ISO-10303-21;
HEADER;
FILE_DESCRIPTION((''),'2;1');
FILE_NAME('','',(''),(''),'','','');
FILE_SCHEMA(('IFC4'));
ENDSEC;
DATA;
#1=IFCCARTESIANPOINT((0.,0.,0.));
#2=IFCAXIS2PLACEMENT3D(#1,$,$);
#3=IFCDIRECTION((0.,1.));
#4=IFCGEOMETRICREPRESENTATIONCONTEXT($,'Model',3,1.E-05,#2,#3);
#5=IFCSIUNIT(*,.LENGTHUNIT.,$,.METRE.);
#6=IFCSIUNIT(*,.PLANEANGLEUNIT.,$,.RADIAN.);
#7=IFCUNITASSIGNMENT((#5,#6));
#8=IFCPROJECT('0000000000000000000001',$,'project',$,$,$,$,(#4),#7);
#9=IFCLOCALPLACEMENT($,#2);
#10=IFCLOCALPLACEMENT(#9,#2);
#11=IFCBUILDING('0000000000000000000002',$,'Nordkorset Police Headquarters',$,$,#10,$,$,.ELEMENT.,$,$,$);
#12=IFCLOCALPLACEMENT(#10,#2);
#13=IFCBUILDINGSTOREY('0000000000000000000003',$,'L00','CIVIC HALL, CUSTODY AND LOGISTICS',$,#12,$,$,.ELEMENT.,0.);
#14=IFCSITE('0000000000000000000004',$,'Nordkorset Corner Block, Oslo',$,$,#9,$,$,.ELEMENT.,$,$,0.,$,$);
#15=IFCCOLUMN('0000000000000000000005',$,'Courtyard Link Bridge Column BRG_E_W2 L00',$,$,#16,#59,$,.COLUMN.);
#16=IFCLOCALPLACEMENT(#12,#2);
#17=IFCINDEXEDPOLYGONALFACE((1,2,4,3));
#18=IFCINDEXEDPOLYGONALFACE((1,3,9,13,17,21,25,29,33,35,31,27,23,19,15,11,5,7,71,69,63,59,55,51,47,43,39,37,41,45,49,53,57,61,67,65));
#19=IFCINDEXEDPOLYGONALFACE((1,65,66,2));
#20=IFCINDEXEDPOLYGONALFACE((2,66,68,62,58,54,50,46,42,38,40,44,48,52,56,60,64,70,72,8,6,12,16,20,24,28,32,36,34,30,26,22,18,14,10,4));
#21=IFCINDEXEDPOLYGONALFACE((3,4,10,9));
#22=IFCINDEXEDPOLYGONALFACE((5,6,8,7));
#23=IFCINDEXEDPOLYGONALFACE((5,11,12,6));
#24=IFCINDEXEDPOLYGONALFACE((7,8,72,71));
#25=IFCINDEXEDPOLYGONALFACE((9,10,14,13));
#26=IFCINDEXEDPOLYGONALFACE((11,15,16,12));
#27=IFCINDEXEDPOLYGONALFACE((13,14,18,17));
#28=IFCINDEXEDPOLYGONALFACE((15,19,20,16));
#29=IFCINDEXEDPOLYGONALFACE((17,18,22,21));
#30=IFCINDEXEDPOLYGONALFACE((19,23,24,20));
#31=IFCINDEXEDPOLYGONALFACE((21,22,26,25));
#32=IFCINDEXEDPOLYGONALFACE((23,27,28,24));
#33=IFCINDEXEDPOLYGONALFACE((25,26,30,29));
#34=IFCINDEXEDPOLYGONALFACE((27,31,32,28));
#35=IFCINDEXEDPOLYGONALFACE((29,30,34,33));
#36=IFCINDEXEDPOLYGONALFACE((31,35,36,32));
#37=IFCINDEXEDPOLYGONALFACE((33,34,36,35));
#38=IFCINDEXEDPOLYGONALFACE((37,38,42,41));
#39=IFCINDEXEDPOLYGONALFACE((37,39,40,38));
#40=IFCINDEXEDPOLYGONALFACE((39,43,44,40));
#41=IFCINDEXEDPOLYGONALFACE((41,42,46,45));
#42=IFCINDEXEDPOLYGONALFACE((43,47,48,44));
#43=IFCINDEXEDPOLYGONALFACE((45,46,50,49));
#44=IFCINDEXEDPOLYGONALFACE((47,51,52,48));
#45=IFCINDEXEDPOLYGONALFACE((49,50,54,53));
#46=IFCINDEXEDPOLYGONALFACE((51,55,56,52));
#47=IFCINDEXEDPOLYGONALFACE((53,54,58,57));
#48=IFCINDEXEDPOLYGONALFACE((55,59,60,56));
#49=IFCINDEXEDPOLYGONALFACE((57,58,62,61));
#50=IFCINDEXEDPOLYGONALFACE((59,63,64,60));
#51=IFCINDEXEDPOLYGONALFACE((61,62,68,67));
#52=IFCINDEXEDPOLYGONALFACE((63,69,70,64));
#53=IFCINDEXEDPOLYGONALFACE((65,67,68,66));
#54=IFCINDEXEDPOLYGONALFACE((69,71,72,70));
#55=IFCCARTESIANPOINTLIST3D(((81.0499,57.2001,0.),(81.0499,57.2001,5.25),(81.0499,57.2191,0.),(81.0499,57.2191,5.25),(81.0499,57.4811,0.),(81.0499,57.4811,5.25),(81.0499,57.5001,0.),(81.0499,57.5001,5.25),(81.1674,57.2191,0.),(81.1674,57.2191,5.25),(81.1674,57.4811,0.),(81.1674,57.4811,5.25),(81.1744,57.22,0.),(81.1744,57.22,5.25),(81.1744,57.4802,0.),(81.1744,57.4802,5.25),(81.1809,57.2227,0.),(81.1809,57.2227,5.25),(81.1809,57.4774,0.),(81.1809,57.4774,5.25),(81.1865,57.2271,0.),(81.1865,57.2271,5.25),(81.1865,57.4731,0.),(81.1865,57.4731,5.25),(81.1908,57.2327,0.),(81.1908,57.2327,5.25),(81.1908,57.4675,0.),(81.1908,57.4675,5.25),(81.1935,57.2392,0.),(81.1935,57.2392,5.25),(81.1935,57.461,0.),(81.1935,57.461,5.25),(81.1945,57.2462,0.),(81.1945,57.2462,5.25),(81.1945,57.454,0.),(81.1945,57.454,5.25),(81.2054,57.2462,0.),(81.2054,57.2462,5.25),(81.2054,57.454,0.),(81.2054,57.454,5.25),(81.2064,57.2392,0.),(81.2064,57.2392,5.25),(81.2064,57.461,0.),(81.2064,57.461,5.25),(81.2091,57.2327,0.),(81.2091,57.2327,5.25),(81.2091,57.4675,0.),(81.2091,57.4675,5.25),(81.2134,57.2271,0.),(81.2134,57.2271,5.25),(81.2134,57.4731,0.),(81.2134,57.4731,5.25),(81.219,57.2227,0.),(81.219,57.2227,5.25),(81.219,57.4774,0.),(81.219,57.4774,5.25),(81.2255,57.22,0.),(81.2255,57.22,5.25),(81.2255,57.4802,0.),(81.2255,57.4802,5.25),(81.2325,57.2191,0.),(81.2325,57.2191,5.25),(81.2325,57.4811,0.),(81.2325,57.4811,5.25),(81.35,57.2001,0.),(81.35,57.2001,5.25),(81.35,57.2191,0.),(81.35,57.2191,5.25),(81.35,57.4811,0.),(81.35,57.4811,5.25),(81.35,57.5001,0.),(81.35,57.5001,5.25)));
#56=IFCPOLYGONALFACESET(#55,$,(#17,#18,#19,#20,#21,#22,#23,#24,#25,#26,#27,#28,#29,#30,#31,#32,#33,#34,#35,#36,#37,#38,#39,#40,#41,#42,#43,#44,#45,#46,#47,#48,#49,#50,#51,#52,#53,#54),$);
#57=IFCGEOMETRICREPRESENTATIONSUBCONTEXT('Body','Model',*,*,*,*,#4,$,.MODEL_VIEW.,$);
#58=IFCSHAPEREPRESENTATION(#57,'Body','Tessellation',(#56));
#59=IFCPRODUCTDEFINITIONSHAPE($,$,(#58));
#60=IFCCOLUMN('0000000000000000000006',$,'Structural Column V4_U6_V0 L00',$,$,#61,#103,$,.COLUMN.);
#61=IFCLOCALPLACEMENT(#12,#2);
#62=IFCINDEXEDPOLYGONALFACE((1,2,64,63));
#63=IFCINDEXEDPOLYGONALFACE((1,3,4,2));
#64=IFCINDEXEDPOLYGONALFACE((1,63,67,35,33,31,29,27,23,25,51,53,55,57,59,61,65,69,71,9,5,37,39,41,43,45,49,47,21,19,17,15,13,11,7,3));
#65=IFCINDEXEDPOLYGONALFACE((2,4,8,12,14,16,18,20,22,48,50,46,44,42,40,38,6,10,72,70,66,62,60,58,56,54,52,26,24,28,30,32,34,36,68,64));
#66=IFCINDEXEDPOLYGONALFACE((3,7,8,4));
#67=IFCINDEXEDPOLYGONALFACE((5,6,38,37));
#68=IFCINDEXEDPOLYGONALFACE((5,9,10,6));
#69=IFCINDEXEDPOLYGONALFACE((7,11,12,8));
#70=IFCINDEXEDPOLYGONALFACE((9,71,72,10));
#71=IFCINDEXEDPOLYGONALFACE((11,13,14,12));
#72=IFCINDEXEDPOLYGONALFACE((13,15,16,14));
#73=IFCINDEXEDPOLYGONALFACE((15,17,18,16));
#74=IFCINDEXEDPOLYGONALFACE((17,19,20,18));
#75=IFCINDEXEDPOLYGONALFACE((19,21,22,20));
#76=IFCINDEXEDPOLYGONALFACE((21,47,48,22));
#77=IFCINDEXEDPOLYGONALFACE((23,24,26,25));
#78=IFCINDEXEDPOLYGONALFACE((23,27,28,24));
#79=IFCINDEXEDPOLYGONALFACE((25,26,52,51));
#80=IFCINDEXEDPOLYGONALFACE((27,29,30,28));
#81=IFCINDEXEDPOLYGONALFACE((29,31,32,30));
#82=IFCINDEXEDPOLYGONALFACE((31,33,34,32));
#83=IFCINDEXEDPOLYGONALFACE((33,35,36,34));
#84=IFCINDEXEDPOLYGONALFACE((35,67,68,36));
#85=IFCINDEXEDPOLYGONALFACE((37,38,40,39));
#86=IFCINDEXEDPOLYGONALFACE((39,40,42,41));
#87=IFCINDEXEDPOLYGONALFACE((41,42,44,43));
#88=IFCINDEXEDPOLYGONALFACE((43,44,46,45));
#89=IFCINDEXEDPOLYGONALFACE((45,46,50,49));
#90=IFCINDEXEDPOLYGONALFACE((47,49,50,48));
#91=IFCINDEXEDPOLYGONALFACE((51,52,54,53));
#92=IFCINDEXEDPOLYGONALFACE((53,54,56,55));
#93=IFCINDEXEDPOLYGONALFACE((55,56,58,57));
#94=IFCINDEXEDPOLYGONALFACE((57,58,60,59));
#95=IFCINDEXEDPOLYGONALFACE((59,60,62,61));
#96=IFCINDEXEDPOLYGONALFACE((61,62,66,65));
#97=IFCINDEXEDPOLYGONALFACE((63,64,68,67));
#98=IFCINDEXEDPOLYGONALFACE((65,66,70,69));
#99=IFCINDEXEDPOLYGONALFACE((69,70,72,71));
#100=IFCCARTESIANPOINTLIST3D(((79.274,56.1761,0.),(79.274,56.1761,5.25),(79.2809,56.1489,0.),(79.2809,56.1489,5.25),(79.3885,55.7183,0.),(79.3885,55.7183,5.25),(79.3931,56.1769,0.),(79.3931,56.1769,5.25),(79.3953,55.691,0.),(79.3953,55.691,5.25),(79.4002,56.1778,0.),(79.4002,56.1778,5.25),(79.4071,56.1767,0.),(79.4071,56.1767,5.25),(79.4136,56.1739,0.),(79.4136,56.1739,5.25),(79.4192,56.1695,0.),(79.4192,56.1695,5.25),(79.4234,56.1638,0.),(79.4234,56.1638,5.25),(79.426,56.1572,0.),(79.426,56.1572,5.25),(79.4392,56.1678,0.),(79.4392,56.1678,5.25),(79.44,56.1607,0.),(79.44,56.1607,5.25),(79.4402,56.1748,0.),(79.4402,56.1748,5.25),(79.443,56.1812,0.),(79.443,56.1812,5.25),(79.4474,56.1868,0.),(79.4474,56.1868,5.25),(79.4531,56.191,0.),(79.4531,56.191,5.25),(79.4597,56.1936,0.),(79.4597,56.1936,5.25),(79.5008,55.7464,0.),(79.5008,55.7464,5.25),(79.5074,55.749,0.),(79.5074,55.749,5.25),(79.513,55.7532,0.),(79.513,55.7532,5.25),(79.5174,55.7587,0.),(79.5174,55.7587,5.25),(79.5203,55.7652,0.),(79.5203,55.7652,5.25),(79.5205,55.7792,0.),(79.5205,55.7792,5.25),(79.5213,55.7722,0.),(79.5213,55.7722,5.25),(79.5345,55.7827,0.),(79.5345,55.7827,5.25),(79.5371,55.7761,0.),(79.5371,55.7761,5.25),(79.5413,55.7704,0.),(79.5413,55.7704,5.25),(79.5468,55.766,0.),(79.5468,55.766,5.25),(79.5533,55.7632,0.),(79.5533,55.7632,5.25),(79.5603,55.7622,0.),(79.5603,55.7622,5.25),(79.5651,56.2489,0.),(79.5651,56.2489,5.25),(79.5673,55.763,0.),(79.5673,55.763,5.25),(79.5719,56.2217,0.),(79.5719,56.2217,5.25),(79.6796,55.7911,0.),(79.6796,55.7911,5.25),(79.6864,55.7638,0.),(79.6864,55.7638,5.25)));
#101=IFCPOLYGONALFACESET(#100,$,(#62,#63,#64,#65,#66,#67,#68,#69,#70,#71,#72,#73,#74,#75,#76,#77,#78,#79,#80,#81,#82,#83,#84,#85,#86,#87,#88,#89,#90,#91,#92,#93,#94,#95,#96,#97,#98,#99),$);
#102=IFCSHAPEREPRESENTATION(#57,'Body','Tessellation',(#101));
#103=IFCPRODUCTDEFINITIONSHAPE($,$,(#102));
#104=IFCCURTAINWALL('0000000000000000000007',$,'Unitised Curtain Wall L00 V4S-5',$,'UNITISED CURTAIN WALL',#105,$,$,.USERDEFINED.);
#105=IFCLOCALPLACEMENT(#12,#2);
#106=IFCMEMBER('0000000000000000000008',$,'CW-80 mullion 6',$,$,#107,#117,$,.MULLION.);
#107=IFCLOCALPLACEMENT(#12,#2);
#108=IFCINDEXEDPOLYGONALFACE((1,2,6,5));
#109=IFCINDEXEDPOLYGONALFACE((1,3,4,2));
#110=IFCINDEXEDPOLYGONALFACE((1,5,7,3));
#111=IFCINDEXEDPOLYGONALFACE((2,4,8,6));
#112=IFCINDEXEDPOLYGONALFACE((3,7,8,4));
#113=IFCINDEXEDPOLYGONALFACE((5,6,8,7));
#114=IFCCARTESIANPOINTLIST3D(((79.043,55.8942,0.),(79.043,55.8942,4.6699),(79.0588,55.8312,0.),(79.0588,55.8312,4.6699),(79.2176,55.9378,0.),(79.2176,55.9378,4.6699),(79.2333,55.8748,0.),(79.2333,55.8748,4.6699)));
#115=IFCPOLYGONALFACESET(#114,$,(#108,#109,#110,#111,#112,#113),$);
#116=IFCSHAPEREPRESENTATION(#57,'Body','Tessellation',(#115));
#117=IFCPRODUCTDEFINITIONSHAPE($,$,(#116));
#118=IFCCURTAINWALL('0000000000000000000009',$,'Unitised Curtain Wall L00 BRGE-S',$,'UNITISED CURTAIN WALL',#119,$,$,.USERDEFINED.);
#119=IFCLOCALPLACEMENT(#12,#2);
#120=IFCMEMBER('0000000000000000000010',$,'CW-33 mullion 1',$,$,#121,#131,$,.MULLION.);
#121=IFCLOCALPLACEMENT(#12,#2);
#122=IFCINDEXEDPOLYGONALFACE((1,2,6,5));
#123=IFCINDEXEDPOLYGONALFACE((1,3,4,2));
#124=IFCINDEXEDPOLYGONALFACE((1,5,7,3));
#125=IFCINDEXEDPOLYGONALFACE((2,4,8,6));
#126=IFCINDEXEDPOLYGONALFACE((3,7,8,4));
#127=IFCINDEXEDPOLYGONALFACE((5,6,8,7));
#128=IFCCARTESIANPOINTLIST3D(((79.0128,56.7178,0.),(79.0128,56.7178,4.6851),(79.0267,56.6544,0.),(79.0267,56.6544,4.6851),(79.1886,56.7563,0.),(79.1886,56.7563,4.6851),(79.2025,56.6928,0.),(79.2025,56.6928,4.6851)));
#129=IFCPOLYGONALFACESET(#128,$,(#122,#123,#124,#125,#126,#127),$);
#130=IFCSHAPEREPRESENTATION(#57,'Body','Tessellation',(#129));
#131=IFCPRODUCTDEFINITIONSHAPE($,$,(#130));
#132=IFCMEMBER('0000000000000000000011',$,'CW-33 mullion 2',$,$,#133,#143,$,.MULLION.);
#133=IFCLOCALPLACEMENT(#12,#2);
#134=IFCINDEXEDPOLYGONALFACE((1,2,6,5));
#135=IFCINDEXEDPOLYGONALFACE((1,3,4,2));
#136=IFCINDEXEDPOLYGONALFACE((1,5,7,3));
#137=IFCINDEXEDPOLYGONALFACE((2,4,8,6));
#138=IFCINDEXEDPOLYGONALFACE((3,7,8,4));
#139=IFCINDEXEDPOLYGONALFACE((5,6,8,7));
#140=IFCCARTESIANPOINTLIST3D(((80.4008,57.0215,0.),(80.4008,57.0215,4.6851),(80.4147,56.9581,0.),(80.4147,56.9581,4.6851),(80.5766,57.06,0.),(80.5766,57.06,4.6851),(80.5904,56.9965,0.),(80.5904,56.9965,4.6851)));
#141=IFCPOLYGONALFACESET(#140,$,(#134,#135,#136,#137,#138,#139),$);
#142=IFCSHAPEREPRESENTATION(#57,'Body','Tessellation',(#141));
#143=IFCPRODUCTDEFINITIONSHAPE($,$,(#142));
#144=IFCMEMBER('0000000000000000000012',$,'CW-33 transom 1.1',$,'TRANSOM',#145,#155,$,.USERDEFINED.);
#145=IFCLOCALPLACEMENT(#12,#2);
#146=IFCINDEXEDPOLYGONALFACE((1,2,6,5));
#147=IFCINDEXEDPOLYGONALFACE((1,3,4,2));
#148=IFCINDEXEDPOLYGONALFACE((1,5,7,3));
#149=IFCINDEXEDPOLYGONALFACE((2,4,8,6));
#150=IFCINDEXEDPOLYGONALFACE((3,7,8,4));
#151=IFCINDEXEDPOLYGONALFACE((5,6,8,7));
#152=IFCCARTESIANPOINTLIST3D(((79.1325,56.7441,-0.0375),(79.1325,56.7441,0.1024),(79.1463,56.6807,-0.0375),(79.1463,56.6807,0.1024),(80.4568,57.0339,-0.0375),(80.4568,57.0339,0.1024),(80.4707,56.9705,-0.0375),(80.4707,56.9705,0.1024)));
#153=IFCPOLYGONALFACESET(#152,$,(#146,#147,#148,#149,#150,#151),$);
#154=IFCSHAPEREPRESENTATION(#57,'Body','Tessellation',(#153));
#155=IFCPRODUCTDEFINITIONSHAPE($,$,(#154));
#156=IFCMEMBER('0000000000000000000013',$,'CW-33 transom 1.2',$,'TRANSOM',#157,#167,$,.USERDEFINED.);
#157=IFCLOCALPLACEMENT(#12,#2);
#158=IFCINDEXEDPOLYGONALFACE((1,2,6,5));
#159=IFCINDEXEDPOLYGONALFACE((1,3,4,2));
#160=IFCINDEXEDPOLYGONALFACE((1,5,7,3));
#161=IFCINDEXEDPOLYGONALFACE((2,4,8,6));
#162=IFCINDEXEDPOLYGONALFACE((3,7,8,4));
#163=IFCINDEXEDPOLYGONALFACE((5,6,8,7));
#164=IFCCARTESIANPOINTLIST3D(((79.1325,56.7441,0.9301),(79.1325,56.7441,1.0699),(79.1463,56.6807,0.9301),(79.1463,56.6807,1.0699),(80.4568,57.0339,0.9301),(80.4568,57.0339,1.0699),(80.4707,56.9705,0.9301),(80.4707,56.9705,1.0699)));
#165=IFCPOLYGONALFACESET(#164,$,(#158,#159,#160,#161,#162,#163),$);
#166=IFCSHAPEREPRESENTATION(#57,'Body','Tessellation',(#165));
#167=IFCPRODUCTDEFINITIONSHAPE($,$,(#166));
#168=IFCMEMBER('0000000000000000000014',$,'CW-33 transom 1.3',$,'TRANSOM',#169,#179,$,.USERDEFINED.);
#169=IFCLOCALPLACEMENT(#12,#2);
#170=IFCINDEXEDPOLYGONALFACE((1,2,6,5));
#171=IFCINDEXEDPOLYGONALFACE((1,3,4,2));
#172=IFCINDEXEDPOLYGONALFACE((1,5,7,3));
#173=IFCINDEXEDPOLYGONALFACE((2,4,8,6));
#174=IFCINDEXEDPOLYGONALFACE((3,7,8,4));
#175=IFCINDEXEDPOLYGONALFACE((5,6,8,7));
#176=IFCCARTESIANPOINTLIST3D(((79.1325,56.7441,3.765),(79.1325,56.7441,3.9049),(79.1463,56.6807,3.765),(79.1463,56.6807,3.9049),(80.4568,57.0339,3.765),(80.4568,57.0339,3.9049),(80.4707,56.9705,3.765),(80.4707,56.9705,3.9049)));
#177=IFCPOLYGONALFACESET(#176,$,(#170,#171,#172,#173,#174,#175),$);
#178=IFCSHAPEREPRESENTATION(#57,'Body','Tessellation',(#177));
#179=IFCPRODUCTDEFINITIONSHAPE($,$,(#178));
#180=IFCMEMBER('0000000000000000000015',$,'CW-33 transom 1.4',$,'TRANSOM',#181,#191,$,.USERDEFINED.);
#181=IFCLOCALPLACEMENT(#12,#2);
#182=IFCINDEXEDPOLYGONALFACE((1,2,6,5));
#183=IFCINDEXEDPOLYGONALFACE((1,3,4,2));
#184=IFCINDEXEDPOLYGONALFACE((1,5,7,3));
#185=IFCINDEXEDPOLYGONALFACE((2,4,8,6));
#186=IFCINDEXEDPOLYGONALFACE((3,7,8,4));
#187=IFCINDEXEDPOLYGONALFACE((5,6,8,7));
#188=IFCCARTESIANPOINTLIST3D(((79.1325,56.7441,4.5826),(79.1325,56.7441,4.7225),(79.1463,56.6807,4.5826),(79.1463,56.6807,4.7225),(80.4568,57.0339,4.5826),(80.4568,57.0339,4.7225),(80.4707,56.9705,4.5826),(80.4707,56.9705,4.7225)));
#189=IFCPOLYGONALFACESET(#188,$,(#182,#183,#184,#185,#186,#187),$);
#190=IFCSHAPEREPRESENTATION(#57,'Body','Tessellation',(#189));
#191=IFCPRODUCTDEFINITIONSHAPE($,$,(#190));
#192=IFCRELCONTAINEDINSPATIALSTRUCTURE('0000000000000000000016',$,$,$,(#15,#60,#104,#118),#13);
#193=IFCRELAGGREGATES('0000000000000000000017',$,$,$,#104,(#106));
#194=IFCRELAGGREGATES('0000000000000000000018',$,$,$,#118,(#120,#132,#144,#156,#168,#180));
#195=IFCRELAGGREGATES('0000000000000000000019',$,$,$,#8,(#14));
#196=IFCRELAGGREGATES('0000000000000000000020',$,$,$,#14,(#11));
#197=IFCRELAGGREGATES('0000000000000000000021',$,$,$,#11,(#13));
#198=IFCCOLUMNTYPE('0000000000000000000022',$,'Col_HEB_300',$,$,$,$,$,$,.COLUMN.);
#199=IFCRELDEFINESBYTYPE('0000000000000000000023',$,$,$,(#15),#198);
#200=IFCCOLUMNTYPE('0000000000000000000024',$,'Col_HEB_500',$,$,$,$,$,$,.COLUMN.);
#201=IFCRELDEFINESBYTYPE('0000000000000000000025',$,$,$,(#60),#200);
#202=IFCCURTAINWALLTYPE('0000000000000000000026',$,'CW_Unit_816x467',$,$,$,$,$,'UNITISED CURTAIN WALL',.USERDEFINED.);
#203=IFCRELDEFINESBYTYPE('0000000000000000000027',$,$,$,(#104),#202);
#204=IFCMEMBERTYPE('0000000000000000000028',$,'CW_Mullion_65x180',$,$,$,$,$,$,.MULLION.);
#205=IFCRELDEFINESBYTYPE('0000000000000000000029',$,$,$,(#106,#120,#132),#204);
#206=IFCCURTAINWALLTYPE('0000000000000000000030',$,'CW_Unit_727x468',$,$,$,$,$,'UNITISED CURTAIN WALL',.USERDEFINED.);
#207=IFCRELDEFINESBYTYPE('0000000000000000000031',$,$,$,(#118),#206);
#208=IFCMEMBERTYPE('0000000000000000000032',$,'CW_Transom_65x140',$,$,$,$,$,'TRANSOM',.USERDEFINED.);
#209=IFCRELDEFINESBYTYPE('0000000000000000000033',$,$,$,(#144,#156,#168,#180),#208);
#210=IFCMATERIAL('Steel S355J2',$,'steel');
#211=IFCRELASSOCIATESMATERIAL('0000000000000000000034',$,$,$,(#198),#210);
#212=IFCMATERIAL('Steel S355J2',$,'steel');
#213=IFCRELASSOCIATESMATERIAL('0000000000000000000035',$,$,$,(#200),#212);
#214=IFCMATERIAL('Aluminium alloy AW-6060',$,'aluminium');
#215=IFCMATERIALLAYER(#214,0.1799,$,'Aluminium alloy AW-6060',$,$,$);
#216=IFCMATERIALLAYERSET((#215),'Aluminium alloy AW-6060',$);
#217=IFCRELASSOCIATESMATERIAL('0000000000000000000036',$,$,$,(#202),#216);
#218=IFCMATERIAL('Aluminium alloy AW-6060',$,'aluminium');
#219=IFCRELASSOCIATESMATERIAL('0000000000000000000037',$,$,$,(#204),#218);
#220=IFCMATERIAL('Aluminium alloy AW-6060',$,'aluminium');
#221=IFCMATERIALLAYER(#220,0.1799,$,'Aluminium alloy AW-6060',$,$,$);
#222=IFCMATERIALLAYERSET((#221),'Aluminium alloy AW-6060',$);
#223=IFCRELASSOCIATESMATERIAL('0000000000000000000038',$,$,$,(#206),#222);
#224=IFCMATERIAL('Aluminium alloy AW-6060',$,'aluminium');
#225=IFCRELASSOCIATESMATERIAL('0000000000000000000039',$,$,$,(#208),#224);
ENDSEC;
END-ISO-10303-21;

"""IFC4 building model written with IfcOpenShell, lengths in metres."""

from ifc_helpers import new_model, si_unit, direction, frame, origin, origin_2d, place, context, subcontext, project, spatial, rectangle, i_section, extrude, material, layer, layer_set, material_profile, profile_set, type_object, element, aggregate, save


model = new_model("IFC4")

# Units and contexts
model_context = context("Model", 3, precision=1e-05, world=origin(), true_north=direction((0.0, 1.0)))
body_context = subcontext(model_context, "Body", "Model", "MODEL_VIEW")
ifc_project = project(units=[si_unit("LENGTHUNIT", "METRE"), si_unit("PLANEANGLEUNIT", "RADIAN")], contexts=[model_context])

# Site, building, storey
site_placement = place(None, origin())
site = spatial("IfcSite", under=ifc_project, at=site_placement, Name="Nordkorset Corner Block, Oslo", CompositionType="ELEMENT", RefElevation=0.0)
building_placement = place(site_placement, origin())
building = spatial("IfcBuilding", under=site, at=building_placement, Name="Nordkorset Police Headquarters", CompositionType="ELEMENT")
storey_placement = place(building_placement, origin())
storey = spatial("IfcBuildingStorey", under=building, at=storey_placement, Name="L00", Description="CIVIC HALL, CUSTODY AND LOGISTICS", CompositionType="ELEMENT", Elevation=0.0)

# Columns
ifc_material_1 = material(Name="Steel S355J2", Category="steel")
ifc_material_profile_1 = material_profile(ifc_material_1, i_section(OverallWidth=0.3, OverallDepth=0.3, WebThickness=0.011, FlangeThickness=0.019, FilletRadius=0.0271, at=origin_2d()), Name="HEB 300")
ifc_profile_set_1 = profile_set([ifc_material_profile_1], Name="Steel S355J2")
column_type_1 = type_object("IfcColumnType", Name="Col_HEB_300", PredefinedType="COLUMN", material=ifc_profile_set_1)
column_1_placement = place(storey_placement, frame((81.2, 57.3501, 0.0), z_axis=(0.0, 0.0, 1.0), x_axis=(1.0, 0.0, 0.0)))
element("IfcColumn", 1, at=column_1_placement, inside=storey, type_object=column_type_1, Name="Courtyard Link Bridge Column BRG_E_W2 L00", PredefinedType="COLUMN", context=body_context, shape_type="SweptSolid", body=[
    extrude(i_section(OverallWidth=0.3, OverallDepth=0.3, WebThickness=0.011, FlangeThickness=0.019, FilletRadius=0.0271, at=origin_2d()), origin(), (0.0, 0.0, 1.0), 5.25),
])
ifc_material_2 = material(Name="Steel S355J2", Category="steel")
ifc_material_profile_2 = material_profile(ifc_material_2, i_section(OverallWidth=0.3, OverallDepth=0.5, WebThickness=0.0144, FlangeThickness=0.0281, FilletRadius=0.0271, at=origin_2d()), Name="HEB 500")
ifc_profile_set_2 = profile_set([ifc_material_profile_2], Name="Steel S355J2")
column_type_2 = type_object("IfcColumnType", Name="Col_HEB_500", PredefinedType="COLUMN", material=ifc_profile_set_2)
column_2_placement = place(storey_placement, frame((79.4802, 55.97, 0.0), z_axis=(0.0, 0.0, 1.0), x_axis=(0.970143, 0.242536, 0.0)))
element("IfcColumn", 2, at=column_2_placement, inside=storey, type_object=column_type_2, Name="Structural Column V4_U6_V0 L00", PredefinedType="COLUMN", context=body_context, shape_type="SweptSolid", body=[
    extrude(i_section(OverallWidth=0.3, OverallDepth=0.5, WebThickness=0.0144, FlangeThickness=0.0281, FilletRadius=0.0271, at=origin_2d()), origin(), (0.0, 0.0, 1.0), 5.25),
])

# Curtain wall, member
ifc_material_3 = material(Name="Aluminium alloy AW-6060", Category="aluminium")
ifc_layer_1 = layer(ifc_material_3, 0.1799, Name="Aluminium alloy AW-6060")
ifc_layer_set_1 = layer_set([ifc_layer_1], Name="Aluminium alloy AW-6060")
curtain_wall_type_1 = type_object("IfcCurtainWallType", Name="CW_Unit_816x467", ElementType="UNITISED CURTAIN WALL", PredefinedType="USERDEFINED", material=ifc_layer_set_1)
curtain_wall_1_placement = place(storey_placement, origin())
curtain_wall_1 = element("IfcCurtainWall", 3, at=curtain_wall_1_placement, inside=storey, type_object=curtain_wall_type_1, Name="Unitised Curtain Wall L00 V4S-5", ObjectType="UNITISED CURTAIN WALL", PredefinedType="USERDEFINED")
ifc_material_4 = material(Name="Aluminium alloy AW-6060", Category="aluminium")
ifc_material_profile_3 = material_profile(ifc_material_4, rectangle(XDim=0.0649, YDim=0.1799, at=origin_2d()), Name="ALU MULL 65x180")
ifc_profile_set_3 = profile_set([ifc_material_profile_3], Name="Aluminium alloy AW-6060")
member_type_1 = type_object("IfcMemberType", Name="CW_Mullion_65x180", PredefinedType="MULLION", material=ifc_profile_set_3)
member_1_placement = place(storey_placement, frame((79.1382, 55.8845, 0.0), z_axis=(0.0, 0.0, 1.0), x_axis=(-0.242536, 0.970143, 0.0)))
member_1 = element("IfcMember", 4, at=member_1_placement, type_object=member_type_1, Name="CW-80 mullion 6", PredefinedType="MULLION", context=body_context, shape_type="SweptSolid", body=[
    extrude(rectangle(XDim=0.0649, YDim=0.1799, at=origin_2d()), origin(), (0.0, 0.0, 1.0), 4.6699),
])
aggregate(curtain_wall_1, [member_1])

# Curtain wall, members
ifc_material_5 = material(Name="Aluminium alloy AW-6060", Category="aluminium")
ifc_layer_2 = layer(ifc_material_5, 0.1799, Name="Aluminium alloy AW-6060")
ifc_layer_set_2 = layer_set([ifc_layer_2], Name="Aluminium alloy AW-6060")
curtain_wall_type_2 = type_object("IfcCurtainWallType", Name="CW_Unit_727x468", ElementType="UNITISED CURTAIN WALL", PredefinedType="USERDEFINED", material=ifc_layer_set_2)
curtain_wall_2_placement = place(storey_placement, origin())
curtain_wall_2 = element("IfcCurtainWall", 5, at=curtain_wall_2_placement, inside=storey, type_object=curtain_wall_type_2, Name="Unitised Curtain Wall L00 BRGE-S", ObjectType="UNITISED CURTAIN WALL", PredefinedType="USERDEFINED")
member_2_placement = place(storey_placement, frame((79.1077, 56.7053, 0.0), z_axis=(0.0, 0.0, 1.0), x_axis=(-0.213737, 0.976891, 0.0)))
member_2 = element("IfcMember", 6, at=member_2_placement, type_object=member_type_1, Name="CW-33 mullion 1", PredefinedType="MULLION", context=body_context, shape_type="SweptSolid", body=[
    extrude(rectangle(XDim=0.0649, YDim=0.1799, at=origin_2d()), origin(), (0.0, 0.0, 1.0), 4.6851),
])
member_3_placement = place(storey_placement, frame((80.4956, 57.009, 0.0), z_axis=(0.0, 0.0, 1.0), x_axis=(-0.213737, 0.976891, 0.0)))
member_3 = element("IfcMember", 7, at=member_3_placement, type_object=member_type_1, Name="CW-33 mullion 2", PredefinedType="MULLION", context=body_context, shape_type="SweptSolid", body=[
    extrude(rectangle(XDim=0.0649, YDim=0.1799, at=origin_2d()), origin(), (0.0, 0.0, 1.0), 4.6851),
])
ifc_material_6 = material(Name="Aluminium alloy AW-6060", Category="aluminium")
ifc_material_profile_4 = material_profile(ifc_material_6, rectangle(XDim=0.0649, YDim=0.1399, at=origin_2d()), Name="ALU TRAN 65x140")
ifc_profile_set_4 = profile_set([ifc_material_profile_4], Name="Aluminium alloy AW-6060")
member_type_2 = type_object("IfcMemberType", Name="CW_Transom_65x140", ElementType="TRANSOM", PredefinedType="USERDEFINED", material=ifc_profile_set_4)
member_4_placement = place(storey_placement, frame((79.1394, 56.7124, 0.0325), z_axis=(0.976889, 0.213745, 0.0), x_axis=(-0.213745, 0.976889, 0.0)))
member_4 = element("IfcMember", 8, at=member_4_placement, type_object=member_type_2, Name="CW-33 transom 1.1", ObjectType="TRANSOM", PredefinedType="USERDEFINED", context=body_context, shape_type="SweptSolid", body=[
    extrude(rectangle(XDim=0.0649, YDim=0.1399, at=origin_2d()), origin(), (0.0, 0.0, 1.0), 1.3557),
])
member_5_placement = place(storey_placement, frame((79.1394, 56.7124, 1.0), z_axis=(0.976889, 0.213745, 0.0), x_axis=(-0.213745, 0.976889, 0.0)))
member_5 = element("IfcMember", 9, at=member_5_placement, type_object=member_type_2, Name="CW-33 transom 1.2", ObjectType="TRANSOM", PredefinedType="USERDEFINED", context=body_context, shape_type="SweptSolid", body=[
    extrude(rectangle(XDim=0.0649, YDim=0.1399, at=origin_2d()), origin(), (0.0, 0.0, 1.0), 1.3557),
])
member_6_placement = place(storey_placement, frame((79.1394, 56.7124, 3.835), z_axis=(0.976889, 0.213745, 0.0), x_axis=(-0.213745, 0.976889, 0.0)))
member_6 = element("IfcMember", 10, at=member_6_placement, type_object=member_type_2, Name="CW-33 transom 1.3", ObjectType="TRANSOM", PredefinedType="USERDEFINED", context=body_context, shape_type="SweptSolid", body=[
    extrude(rectangle(XDim=0.0649, YDim=0.1399, at=origin_2d()), origin(), (0.0, 0.0, 1.0), 1.3557),
])
member_7_placement = place(storey_placement, frame((79.1394, 56.7124, 4.6526), z_axis=(0.976889, 0.213745, 0.0), x_axis=(-0.213745, 0.976889, 0.0)))
member_7 = element("IfcMember", 11, at=member_7_placement, type_object=member_type_2, Name="CW-33 transom 1.4", ObjectType="TRANSOM", PredefinedType="USERDEFINED", context=body_context, shape_type="SweptSolid", body=[
    extrude(rectangle(XDim=0.0649, YDim=0.1399, at=origin_2d()), origin(), (0.0, 0.0, 1.0), 1.3557),
])

aggregate(curtain_wall_2, [member_2, member_3, member_4, member_5, member_6, member_7])

save(model, "model.ifc")
